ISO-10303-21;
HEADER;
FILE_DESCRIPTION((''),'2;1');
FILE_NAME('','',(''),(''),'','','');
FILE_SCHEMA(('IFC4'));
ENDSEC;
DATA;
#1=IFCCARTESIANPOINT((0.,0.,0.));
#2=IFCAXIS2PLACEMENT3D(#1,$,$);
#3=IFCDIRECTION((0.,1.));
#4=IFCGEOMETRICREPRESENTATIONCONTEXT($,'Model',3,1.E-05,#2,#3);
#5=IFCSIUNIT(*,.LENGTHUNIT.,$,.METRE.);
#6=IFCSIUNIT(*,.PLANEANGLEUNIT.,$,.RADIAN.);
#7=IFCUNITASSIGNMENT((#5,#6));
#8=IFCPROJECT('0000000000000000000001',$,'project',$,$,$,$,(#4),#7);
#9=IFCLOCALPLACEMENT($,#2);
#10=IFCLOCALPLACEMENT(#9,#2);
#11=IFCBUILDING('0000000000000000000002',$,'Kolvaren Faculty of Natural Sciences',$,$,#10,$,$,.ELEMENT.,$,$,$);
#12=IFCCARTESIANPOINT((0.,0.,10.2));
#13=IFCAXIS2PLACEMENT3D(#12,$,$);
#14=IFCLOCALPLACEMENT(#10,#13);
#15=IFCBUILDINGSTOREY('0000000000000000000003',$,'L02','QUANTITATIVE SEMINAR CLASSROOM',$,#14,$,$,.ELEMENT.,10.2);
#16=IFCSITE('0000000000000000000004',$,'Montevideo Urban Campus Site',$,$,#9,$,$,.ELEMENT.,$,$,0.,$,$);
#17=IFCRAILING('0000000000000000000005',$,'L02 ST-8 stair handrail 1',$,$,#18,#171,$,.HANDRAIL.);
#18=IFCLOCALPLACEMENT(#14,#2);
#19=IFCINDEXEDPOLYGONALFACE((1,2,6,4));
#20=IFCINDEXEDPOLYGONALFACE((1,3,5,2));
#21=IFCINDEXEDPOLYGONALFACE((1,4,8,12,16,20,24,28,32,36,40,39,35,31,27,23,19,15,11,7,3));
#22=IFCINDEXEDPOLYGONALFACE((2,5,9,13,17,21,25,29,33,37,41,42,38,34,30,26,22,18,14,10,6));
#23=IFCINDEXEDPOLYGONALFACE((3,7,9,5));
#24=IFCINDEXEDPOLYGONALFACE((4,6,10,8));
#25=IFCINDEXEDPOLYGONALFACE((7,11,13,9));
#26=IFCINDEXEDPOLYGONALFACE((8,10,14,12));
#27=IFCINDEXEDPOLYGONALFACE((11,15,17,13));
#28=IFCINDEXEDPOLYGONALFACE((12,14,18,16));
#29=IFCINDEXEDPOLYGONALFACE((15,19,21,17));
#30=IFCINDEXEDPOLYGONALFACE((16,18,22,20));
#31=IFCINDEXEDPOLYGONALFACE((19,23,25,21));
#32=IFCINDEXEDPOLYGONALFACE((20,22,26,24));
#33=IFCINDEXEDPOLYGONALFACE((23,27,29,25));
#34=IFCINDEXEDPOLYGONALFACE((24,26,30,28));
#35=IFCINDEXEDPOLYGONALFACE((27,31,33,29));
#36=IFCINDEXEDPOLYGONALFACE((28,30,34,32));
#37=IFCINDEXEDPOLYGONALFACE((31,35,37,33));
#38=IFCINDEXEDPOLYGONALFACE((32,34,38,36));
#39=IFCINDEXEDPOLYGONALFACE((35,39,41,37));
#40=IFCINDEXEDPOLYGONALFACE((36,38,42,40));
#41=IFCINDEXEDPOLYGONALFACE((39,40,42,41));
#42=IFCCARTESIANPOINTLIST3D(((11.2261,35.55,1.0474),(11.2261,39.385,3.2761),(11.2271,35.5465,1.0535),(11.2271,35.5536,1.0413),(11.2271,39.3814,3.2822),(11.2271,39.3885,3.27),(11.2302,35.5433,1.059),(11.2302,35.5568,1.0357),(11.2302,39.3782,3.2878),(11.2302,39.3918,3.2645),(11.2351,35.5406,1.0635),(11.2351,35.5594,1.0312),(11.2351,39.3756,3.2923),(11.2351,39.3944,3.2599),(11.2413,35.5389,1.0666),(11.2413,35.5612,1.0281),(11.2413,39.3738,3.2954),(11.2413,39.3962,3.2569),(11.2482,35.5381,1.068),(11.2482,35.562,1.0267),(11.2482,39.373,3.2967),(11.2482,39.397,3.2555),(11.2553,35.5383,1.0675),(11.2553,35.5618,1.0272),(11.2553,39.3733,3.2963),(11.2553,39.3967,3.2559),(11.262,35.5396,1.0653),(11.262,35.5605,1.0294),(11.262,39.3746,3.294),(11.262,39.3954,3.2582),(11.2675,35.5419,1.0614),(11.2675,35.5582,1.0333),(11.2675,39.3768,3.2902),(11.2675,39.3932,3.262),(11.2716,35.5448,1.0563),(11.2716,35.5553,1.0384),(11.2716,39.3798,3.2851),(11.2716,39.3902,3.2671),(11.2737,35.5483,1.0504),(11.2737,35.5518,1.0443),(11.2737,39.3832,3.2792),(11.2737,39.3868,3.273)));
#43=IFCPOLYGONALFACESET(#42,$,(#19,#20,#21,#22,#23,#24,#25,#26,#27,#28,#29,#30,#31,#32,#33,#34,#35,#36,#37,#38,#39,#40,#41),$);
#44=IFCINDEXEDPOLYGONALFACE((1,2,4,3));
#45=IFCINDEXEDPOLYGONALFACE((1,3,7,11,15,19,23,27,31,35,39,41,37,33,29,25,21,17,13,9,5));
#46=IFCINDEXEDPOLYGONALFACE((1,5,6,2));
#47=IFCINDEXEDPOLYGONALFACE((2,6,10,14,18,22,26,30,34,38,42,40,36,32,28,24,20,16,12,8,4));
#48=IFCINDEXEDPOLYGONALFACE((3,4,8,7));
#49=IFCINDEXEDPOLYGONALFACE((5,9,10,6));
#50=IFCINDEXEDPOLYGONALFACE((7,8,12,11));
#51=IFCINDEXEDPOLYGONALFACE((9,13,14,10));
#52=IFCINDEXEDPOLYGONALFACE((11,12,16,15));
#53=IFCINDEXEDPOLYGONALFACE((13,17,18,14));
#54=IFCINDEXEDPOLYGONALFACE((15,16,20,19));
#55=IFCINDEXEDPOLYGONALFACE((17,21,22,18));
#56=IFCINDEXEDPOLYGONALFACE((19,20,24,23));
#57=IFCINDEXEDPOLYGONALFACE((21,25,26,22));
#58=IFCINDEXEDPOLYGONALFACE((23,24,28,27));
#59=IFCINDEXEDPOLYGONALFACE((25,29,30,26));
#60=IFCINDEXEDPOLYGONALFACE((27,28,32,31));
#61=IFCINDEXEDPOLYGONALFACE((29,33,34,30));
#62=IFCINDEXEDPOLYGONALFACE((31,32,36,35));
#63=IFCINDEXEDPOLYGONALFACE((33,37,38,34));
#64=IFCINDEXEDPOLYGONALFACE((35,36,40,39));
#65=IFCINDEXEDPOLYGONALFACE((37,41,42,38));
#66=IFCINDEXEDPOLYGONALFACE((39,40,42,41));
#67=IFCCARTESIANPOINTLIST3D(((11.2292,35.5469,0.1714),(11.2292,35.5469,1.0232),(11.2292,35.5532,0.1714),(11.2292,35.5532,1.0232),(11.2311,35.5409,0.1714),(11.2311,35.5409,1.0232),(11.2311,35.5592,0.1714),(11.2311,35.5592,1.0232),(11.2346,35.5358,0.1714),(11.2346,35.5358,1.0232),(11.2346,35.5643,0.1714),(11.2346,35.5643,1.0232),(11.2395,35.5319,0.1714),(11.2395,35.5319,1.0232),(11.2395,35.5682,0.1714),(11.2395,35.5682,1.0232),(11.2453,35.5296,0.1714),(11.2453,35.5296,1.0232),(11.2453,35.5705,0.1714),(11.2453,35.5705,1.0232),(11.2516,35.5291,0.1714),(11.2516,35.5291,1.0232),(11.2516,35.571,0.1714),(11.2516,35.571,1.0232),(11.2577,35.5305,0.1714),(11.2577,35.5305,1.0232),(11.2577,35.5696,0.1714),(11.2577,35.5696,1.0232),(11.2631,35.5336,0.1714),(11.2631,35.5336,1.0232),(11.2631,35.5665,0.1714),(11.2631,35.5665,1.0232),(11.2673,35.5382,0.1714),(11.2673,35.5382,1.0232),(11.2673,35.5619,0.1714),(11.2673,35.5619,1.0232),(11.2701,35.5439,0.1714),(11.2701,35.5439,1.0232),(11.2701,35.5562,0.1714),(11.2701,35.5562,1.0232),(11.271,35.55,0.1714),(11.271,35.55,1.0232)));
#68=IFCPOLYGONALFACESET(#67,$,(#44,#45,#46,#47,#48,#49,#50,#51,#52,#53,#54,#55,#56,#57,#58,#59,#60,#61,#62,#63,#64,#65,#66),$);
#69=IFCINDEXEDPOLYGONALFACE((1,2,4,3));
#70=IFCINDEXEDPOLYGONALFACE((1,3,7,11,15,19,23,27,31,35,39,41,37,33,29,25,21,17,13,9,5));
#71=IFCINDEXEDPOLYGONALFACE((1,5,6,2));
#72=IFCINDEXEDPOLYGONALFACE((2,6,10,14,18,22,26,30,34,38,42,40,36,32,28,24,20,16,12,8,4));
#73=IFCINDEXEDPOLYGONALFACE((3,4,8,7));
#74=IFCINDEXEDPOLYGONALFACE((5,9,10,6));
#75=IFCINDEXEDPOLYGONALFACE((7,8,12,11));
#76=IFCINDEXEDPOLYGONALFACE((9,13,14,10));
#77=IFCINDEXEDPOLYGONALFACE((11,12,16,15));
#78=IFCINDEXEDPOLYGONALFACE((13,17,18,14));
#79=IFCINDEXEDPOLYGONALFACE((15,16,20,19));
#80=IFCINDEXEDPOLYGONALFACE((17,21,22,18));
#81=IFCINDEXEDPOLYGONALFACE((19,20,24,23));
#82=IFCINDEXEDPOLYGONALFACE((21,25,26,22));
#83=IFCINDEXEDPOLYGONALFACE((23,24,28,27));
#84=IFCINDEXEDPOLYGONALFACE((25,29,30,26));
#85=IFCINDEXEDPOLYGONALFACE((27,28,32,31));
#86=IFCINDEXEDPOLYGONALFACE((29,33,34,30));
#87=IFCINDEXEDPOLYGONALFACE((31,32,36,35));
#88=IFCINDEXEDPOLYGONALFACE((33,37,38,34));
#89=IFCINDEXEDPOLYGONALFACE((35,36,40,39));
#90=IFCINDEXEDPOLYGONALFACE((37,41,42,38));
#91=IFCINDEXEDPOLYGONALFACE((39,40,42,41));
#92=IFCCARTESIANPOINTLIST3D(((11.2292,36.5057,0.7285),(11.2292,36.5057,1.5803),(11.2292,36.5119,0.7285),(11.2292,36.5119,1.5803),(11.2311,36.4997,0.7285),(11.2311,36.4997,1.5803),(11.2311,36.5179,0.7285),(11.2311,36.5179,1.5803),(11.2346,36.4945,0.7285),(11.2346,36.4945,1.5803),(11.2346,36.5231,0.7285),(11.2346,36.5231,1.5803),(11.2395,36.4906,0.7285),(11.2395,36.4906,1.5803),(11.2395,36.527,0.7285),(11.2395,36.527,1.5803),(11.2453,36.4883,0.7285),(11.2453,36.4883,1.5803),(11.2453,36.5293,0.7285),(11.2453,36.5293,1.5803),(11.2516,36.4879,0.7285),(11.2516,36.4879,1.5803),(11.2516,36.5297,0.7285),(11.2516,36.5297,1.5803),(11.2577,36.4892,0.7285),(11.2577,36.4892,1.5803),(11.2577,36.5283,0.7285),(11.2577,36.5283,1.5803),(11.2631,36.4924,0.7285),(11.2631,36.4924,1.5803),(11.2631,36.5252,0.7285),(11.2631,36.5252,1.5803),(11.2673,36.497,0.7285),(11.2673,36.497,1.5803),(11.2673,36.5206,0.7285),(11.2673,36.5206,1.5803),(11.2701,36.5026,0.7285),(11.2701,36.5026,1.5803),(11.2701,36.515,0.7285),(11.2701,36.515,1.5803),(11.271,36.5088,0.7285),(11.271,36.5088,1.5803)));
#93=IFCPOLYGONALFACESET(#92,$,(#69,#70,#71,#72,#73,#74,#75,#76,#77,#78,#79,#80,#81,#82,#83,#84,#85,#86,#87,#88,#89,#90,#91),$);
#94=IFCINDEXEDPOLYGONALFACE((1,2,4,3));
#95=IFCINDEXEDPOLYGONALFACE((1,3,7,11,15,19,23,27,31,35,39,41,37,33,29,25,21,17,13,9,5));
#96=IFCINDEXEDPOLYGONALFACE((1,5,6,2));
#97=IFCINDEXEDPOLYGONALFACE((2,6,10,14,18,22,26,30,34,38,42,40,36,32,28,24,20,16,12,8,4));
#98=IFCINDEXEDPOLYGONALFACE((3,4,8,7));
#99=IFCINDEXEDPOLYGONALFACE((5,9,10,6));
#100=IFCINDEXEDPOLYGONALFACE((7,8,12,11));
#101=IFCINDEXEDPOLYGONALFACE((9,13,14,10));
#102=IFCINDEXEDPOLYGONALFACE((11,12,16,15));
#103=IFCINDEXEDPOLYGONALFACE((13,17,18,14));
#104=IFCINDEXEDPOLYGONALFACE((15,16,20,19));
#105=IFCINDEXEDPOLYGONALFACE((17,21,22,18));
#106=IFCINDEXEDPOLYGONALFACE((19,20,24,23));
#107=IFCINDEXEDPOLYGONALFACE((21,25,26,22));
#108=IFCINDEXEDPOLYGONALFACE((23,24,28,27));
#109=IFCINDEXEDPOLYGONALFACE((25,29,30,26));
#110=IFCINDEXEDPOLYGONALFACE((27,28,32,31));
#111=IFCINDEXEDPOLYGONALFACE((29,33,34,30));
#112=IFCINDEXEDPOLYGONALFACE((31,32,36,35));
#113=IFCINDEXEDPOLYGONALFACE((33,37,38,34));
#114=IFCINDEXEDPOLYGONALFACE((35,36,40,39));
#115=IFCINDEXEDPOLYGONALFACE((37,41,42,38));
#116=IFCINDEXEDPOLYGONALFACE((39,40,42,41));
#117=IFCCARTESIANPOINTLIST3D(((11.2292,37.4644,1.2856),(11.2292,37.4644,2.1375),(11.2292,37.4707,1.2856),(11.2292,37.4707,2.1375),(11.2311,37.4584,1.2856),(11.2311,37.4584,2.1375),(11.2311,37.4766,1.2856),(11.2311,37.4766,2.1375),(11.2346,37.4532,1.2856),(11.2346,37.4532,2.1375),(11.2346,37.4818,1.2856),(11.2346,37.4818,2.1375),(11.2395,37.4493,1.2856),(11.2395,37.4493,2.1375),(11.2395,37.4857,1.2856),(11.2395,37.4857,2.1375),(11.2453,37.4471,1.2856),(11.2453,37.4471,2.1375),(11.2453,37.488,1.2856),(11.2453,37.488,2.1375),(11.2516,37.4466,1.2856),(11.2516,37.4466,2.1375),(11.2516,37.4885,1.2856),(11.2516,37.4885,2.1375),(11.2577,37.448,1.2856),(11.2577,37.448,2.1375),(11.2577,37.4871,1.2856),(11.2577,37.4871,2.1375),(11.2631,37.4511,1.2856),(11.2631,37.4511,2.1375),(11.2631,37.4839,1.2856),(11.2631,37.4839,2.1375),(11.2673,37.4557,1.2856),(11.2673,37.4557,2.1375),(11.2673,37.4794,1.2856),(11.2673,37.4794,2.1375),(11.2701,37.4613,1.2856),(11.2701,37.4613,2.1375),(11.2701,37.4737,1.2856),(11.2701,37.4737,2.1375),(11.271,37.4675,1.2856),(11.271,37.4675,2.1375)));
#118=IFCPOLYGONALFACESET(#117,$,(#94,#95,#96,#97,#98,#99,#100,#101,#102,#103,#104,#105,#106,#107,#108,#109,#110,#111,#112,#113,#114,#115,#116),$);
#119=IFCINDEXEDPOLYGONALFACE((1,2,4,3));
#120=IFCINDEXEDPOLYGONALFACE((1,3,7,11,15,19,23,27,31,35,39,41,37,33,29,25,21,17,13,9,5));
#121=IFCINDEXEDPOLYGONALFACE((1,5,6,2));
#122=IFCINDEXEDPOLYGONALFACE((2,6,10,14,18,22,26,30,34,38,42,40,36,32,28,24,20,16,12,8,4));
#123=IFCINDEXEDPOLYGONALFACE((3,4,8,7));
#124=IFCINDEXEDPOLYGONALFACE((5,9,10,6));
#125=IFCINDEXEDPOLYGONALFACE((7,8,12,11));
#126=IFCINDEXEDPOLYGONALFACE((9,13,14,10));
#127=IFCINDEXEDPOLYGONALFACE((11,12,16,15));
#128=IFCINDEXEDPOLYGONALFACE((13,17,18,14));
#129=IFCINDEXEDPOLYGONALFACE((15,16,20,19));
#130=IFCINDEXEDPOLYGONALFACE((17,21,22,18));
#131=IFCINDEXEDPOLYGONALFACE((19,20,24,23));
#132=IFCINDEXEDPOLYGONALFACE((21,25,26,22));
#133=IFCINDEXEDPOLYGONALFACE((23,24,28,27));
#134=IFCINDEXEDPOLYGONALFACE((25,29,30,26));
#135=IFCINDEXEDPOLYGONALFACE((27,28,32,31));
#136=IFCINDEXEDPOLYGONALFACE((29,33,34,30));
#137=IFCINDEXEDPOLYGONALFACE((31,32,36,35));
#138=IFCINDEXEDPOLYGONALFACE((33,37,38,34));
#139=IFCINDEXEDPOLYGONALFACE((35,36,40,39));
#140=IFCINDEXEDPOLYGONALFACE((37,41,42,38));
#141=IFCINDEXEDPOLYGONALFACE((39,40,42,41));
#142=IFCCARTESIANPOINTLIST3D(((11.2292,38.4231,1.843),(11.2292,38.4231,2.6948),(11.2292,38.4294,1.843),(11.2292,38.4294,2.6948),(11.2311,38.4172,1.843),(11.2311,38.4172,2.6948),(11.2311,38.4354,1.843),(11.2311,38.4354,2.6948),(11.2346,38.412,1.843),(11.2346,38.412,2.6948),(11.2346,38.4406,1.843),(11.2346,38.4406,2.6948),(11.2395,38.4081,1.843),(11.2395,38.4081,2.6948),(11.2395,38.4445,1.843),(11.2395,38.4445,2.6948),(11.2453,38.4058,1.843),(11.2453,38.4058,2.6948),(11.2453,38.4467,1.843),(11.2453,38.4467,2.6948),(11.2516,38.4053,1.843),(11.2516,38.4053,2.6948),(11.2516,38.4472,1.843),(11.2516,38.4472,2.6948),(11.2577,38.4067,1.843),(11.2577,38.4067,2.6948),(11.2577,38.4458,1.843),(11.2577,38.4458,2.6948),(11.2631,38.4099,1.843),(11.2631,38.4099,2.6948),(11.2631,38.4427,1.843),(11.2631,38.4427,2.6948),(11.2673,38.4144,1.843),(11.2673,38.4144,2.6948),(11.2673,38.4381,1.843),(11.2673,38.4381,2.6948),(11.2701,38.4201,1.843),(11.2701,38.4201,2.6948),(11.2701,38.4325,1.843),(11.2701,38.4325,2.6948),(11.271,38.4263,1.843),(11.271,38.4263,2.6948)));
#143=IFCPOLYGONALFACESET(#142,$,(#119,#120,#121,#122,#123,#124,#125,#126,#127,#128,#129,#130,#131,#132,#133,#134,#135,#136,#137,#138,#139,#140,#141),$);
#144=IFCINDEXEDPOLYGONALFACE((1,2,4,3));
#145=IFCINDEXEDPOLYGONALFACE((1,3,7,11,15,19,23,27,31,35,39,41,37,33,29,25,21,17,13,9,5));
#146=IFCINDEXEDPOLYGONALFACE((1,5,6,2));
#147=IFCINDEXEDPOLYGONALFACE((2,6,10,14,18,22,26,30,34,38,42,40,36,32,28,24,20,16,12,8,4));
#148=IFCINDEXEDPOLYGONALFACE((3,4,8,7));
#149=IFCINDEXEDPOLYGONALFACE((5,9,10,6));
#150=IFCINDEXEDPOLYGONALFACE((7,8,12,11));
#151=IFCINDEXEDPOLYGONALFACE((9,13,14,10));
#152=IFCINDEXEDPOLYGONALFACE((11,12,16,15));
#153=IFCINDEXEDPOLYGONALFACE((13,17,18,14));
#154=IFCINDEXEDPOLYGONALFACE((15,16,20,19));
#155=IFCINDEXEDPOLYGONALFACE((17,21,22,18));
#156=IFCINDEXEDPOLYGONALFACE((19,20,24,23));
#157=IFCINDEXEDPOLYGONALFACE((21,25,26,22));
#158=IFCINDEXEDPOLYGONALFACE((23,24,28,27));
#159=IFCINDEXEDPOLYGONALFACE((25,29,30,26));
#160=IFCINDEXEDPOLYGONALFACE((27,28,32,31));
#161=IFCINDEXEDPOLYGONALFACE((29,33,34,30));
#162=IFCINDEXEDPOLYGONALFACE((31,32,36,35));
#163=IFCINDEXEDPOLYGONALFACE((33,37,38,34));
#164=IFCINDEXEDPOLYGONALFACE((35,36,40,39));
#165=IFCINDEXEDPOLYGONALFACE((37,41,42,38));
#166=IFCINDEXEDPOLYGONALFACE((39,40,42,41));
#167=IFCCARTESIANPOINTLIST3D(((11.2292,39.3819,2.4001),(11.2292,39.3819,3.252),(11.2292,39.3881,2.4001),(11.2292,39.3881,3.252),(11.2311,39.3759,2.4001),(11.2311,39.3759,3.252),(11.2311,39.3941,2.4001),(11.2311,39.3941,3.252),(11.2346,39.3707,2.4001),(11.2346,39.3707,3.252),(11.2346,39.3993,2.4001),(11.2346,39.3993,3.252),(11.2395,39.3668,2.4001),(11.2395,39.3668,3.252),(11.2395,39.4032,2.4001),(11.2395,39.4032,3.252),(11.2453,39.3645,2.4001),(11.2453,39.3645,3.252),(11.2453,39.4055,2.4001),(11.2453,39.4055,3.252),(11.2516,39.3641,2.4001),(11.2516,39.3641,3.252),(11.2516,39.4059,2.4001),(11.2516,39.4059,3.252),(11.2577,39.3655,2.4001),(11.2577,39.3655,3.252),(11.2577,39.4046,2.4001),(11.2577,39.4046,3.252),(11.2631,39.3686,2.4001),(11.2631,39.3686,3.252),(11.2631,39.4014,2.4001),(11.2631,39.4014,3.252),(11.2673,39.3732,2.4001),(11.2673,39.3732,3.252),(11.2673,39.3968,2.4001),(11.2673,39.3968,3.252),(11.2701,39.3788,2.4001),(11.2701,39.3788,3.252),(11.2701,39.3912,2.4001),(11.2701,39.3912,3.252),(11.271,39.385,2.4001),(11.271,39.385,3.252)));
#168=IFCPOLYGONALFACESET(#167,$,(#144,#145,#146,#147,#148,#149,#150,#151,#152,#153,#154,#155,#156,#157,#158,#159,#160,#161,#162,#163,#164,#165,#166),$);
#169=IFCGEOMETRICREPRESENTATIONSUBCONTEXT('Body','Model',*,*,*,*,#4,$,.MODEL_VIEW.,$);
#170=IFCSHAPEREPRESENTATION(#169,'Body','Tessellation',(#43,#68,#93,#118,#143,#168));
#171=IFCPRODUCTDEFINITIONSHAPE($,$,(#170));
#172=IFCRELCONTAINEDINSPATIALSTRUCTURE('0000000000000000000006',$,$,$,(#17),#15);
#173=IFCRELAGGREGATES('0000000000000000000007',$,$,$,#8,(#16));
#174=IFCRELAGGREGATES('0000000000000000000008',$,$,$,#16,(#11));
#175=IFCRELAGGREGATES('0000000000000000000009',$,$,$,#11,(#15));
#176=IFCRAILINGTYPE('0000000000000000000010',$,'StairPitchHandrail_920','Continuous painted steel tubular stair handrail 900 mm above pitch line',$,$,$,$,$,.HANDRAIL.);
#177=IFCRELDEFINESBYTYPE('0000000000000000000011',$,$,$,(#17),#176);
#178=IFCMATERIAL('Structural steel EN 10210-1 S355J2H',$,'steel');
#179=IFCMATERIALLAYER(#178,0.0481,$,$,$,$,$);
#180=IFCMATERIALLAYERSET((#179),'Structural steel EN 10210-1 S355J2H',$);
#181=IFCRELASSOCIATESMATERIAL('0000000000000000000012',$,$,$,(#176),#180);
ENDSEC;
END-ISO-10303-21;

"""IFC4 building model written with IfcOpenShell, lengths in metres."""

from ifc_helpers import new_model, si_unit, direction, frame, origin, origin_2d, place, context, subcontext, project, spatial, circle, extrude, material, layer, layer_set, type_object, element, save


model = new_model("IFC4")

# Units and contexts
model_context = context("Model", 3, precision=1e-05, world=origin(), true_north=direction((0.0, 1.0)))
body_context = subcontext(model_context, "Body", "Model", "MODEL_VIEW")
ifc_project = project(units=[si_unit("LENGTHUNIT", "METRE"), si_unit("PLANEANGLEUNIT", "RADIAN")], contexts=[model_context])

# Site, building, storey
site_placement = place(None, origin())
site = spatial("IfcSite", under=ifc_project, at=site_placement, Name="Montevideo Urban Campus Site", CompositionType="ELEMENT", RefElevation=0.0)
building_placement = place(site_placement, origin())
building = spatial("IfcBuilding", under=site, at=building_placement, Name="Kolvaren Faculty of Natural Sciences", CompositionType="ELEMENT")
storey_placement = place(building_placement, frame((0.0, 0.0, 10.2)))
storey = spatial("IfcBuildingStorey", under=building, at=storey_placement, Name="L02", Description="QUANTITATIVE SEMINAR CLASSROOM", CompositionType="ELEMENT", Elevation=10.2)

# Railing
ifc_material_1 = material(Name="Structural steel EN 10210-1 S355J2H", Category="steel")
ifc_layer_1 = layer(ifc_material_1, 0.0481)
ifc_layer_set_1 = layer_set([ifc_layer_1], Name="Structural steel EN 10210-1 S355J2H")
railing_type = type_object("IfcRailingType", Name="StairPitchHandrail_920", Description="Continuous painted steel tubular stair handrail 900 mm above pitch line", PredefinedType="HANDRAIL", material=ifc_layer_set_1)
railing_placement = place(storey_placement, frame((11.25, 35.55, 0.1714)))
element("IfcRailing", 1, at=railing_placement, inside=storey, type_object=railing_type, Name="L02 ST-8 stair handrail 1", PredefinedType="HANDRAIL", context=body_context, shape_type="SweptSolid", body=[
    extrude(circle(Radius=0.0239, at=origin_2d()), frame((0.0, 0.0, 0.876), z_axis=(0.0, 0.864592, 0.502474), x_axis=(-1.0, 0.0, 0.0)), (0.0, 0.0, 1.0), 4.4355),
    extrude(circle(Radius=0.021, at=origin_2d()), origin(), (0.0, 0.0, 1.0), 0.8518),
    extrude(circle(Radius=0.021, at=origin_2d()), frame((0.0, 0.9587, 0.5571)), (0.0, 0.0, 1.0), 0.8518),
    extrude(circle(Radius=0.021, at=origin_2d()), frame((0.0, 1.9175, 1.1143)), (0.0, 0.0, 1.0), 0.8518),
    extrude(circle(Radius=0.021, at=origin_2d()), frame((0.0, 2.8762, 1.6716)), (0.0, 0.0, 1.0), 0.8518),
    extrude(circle(Radius=0.021, at=origin_2d()), frame((0.0, 3.835, 2.2288)), (0.0, 0.0, 1.0), 0.8518),
])

save(model, "model.ifc")
